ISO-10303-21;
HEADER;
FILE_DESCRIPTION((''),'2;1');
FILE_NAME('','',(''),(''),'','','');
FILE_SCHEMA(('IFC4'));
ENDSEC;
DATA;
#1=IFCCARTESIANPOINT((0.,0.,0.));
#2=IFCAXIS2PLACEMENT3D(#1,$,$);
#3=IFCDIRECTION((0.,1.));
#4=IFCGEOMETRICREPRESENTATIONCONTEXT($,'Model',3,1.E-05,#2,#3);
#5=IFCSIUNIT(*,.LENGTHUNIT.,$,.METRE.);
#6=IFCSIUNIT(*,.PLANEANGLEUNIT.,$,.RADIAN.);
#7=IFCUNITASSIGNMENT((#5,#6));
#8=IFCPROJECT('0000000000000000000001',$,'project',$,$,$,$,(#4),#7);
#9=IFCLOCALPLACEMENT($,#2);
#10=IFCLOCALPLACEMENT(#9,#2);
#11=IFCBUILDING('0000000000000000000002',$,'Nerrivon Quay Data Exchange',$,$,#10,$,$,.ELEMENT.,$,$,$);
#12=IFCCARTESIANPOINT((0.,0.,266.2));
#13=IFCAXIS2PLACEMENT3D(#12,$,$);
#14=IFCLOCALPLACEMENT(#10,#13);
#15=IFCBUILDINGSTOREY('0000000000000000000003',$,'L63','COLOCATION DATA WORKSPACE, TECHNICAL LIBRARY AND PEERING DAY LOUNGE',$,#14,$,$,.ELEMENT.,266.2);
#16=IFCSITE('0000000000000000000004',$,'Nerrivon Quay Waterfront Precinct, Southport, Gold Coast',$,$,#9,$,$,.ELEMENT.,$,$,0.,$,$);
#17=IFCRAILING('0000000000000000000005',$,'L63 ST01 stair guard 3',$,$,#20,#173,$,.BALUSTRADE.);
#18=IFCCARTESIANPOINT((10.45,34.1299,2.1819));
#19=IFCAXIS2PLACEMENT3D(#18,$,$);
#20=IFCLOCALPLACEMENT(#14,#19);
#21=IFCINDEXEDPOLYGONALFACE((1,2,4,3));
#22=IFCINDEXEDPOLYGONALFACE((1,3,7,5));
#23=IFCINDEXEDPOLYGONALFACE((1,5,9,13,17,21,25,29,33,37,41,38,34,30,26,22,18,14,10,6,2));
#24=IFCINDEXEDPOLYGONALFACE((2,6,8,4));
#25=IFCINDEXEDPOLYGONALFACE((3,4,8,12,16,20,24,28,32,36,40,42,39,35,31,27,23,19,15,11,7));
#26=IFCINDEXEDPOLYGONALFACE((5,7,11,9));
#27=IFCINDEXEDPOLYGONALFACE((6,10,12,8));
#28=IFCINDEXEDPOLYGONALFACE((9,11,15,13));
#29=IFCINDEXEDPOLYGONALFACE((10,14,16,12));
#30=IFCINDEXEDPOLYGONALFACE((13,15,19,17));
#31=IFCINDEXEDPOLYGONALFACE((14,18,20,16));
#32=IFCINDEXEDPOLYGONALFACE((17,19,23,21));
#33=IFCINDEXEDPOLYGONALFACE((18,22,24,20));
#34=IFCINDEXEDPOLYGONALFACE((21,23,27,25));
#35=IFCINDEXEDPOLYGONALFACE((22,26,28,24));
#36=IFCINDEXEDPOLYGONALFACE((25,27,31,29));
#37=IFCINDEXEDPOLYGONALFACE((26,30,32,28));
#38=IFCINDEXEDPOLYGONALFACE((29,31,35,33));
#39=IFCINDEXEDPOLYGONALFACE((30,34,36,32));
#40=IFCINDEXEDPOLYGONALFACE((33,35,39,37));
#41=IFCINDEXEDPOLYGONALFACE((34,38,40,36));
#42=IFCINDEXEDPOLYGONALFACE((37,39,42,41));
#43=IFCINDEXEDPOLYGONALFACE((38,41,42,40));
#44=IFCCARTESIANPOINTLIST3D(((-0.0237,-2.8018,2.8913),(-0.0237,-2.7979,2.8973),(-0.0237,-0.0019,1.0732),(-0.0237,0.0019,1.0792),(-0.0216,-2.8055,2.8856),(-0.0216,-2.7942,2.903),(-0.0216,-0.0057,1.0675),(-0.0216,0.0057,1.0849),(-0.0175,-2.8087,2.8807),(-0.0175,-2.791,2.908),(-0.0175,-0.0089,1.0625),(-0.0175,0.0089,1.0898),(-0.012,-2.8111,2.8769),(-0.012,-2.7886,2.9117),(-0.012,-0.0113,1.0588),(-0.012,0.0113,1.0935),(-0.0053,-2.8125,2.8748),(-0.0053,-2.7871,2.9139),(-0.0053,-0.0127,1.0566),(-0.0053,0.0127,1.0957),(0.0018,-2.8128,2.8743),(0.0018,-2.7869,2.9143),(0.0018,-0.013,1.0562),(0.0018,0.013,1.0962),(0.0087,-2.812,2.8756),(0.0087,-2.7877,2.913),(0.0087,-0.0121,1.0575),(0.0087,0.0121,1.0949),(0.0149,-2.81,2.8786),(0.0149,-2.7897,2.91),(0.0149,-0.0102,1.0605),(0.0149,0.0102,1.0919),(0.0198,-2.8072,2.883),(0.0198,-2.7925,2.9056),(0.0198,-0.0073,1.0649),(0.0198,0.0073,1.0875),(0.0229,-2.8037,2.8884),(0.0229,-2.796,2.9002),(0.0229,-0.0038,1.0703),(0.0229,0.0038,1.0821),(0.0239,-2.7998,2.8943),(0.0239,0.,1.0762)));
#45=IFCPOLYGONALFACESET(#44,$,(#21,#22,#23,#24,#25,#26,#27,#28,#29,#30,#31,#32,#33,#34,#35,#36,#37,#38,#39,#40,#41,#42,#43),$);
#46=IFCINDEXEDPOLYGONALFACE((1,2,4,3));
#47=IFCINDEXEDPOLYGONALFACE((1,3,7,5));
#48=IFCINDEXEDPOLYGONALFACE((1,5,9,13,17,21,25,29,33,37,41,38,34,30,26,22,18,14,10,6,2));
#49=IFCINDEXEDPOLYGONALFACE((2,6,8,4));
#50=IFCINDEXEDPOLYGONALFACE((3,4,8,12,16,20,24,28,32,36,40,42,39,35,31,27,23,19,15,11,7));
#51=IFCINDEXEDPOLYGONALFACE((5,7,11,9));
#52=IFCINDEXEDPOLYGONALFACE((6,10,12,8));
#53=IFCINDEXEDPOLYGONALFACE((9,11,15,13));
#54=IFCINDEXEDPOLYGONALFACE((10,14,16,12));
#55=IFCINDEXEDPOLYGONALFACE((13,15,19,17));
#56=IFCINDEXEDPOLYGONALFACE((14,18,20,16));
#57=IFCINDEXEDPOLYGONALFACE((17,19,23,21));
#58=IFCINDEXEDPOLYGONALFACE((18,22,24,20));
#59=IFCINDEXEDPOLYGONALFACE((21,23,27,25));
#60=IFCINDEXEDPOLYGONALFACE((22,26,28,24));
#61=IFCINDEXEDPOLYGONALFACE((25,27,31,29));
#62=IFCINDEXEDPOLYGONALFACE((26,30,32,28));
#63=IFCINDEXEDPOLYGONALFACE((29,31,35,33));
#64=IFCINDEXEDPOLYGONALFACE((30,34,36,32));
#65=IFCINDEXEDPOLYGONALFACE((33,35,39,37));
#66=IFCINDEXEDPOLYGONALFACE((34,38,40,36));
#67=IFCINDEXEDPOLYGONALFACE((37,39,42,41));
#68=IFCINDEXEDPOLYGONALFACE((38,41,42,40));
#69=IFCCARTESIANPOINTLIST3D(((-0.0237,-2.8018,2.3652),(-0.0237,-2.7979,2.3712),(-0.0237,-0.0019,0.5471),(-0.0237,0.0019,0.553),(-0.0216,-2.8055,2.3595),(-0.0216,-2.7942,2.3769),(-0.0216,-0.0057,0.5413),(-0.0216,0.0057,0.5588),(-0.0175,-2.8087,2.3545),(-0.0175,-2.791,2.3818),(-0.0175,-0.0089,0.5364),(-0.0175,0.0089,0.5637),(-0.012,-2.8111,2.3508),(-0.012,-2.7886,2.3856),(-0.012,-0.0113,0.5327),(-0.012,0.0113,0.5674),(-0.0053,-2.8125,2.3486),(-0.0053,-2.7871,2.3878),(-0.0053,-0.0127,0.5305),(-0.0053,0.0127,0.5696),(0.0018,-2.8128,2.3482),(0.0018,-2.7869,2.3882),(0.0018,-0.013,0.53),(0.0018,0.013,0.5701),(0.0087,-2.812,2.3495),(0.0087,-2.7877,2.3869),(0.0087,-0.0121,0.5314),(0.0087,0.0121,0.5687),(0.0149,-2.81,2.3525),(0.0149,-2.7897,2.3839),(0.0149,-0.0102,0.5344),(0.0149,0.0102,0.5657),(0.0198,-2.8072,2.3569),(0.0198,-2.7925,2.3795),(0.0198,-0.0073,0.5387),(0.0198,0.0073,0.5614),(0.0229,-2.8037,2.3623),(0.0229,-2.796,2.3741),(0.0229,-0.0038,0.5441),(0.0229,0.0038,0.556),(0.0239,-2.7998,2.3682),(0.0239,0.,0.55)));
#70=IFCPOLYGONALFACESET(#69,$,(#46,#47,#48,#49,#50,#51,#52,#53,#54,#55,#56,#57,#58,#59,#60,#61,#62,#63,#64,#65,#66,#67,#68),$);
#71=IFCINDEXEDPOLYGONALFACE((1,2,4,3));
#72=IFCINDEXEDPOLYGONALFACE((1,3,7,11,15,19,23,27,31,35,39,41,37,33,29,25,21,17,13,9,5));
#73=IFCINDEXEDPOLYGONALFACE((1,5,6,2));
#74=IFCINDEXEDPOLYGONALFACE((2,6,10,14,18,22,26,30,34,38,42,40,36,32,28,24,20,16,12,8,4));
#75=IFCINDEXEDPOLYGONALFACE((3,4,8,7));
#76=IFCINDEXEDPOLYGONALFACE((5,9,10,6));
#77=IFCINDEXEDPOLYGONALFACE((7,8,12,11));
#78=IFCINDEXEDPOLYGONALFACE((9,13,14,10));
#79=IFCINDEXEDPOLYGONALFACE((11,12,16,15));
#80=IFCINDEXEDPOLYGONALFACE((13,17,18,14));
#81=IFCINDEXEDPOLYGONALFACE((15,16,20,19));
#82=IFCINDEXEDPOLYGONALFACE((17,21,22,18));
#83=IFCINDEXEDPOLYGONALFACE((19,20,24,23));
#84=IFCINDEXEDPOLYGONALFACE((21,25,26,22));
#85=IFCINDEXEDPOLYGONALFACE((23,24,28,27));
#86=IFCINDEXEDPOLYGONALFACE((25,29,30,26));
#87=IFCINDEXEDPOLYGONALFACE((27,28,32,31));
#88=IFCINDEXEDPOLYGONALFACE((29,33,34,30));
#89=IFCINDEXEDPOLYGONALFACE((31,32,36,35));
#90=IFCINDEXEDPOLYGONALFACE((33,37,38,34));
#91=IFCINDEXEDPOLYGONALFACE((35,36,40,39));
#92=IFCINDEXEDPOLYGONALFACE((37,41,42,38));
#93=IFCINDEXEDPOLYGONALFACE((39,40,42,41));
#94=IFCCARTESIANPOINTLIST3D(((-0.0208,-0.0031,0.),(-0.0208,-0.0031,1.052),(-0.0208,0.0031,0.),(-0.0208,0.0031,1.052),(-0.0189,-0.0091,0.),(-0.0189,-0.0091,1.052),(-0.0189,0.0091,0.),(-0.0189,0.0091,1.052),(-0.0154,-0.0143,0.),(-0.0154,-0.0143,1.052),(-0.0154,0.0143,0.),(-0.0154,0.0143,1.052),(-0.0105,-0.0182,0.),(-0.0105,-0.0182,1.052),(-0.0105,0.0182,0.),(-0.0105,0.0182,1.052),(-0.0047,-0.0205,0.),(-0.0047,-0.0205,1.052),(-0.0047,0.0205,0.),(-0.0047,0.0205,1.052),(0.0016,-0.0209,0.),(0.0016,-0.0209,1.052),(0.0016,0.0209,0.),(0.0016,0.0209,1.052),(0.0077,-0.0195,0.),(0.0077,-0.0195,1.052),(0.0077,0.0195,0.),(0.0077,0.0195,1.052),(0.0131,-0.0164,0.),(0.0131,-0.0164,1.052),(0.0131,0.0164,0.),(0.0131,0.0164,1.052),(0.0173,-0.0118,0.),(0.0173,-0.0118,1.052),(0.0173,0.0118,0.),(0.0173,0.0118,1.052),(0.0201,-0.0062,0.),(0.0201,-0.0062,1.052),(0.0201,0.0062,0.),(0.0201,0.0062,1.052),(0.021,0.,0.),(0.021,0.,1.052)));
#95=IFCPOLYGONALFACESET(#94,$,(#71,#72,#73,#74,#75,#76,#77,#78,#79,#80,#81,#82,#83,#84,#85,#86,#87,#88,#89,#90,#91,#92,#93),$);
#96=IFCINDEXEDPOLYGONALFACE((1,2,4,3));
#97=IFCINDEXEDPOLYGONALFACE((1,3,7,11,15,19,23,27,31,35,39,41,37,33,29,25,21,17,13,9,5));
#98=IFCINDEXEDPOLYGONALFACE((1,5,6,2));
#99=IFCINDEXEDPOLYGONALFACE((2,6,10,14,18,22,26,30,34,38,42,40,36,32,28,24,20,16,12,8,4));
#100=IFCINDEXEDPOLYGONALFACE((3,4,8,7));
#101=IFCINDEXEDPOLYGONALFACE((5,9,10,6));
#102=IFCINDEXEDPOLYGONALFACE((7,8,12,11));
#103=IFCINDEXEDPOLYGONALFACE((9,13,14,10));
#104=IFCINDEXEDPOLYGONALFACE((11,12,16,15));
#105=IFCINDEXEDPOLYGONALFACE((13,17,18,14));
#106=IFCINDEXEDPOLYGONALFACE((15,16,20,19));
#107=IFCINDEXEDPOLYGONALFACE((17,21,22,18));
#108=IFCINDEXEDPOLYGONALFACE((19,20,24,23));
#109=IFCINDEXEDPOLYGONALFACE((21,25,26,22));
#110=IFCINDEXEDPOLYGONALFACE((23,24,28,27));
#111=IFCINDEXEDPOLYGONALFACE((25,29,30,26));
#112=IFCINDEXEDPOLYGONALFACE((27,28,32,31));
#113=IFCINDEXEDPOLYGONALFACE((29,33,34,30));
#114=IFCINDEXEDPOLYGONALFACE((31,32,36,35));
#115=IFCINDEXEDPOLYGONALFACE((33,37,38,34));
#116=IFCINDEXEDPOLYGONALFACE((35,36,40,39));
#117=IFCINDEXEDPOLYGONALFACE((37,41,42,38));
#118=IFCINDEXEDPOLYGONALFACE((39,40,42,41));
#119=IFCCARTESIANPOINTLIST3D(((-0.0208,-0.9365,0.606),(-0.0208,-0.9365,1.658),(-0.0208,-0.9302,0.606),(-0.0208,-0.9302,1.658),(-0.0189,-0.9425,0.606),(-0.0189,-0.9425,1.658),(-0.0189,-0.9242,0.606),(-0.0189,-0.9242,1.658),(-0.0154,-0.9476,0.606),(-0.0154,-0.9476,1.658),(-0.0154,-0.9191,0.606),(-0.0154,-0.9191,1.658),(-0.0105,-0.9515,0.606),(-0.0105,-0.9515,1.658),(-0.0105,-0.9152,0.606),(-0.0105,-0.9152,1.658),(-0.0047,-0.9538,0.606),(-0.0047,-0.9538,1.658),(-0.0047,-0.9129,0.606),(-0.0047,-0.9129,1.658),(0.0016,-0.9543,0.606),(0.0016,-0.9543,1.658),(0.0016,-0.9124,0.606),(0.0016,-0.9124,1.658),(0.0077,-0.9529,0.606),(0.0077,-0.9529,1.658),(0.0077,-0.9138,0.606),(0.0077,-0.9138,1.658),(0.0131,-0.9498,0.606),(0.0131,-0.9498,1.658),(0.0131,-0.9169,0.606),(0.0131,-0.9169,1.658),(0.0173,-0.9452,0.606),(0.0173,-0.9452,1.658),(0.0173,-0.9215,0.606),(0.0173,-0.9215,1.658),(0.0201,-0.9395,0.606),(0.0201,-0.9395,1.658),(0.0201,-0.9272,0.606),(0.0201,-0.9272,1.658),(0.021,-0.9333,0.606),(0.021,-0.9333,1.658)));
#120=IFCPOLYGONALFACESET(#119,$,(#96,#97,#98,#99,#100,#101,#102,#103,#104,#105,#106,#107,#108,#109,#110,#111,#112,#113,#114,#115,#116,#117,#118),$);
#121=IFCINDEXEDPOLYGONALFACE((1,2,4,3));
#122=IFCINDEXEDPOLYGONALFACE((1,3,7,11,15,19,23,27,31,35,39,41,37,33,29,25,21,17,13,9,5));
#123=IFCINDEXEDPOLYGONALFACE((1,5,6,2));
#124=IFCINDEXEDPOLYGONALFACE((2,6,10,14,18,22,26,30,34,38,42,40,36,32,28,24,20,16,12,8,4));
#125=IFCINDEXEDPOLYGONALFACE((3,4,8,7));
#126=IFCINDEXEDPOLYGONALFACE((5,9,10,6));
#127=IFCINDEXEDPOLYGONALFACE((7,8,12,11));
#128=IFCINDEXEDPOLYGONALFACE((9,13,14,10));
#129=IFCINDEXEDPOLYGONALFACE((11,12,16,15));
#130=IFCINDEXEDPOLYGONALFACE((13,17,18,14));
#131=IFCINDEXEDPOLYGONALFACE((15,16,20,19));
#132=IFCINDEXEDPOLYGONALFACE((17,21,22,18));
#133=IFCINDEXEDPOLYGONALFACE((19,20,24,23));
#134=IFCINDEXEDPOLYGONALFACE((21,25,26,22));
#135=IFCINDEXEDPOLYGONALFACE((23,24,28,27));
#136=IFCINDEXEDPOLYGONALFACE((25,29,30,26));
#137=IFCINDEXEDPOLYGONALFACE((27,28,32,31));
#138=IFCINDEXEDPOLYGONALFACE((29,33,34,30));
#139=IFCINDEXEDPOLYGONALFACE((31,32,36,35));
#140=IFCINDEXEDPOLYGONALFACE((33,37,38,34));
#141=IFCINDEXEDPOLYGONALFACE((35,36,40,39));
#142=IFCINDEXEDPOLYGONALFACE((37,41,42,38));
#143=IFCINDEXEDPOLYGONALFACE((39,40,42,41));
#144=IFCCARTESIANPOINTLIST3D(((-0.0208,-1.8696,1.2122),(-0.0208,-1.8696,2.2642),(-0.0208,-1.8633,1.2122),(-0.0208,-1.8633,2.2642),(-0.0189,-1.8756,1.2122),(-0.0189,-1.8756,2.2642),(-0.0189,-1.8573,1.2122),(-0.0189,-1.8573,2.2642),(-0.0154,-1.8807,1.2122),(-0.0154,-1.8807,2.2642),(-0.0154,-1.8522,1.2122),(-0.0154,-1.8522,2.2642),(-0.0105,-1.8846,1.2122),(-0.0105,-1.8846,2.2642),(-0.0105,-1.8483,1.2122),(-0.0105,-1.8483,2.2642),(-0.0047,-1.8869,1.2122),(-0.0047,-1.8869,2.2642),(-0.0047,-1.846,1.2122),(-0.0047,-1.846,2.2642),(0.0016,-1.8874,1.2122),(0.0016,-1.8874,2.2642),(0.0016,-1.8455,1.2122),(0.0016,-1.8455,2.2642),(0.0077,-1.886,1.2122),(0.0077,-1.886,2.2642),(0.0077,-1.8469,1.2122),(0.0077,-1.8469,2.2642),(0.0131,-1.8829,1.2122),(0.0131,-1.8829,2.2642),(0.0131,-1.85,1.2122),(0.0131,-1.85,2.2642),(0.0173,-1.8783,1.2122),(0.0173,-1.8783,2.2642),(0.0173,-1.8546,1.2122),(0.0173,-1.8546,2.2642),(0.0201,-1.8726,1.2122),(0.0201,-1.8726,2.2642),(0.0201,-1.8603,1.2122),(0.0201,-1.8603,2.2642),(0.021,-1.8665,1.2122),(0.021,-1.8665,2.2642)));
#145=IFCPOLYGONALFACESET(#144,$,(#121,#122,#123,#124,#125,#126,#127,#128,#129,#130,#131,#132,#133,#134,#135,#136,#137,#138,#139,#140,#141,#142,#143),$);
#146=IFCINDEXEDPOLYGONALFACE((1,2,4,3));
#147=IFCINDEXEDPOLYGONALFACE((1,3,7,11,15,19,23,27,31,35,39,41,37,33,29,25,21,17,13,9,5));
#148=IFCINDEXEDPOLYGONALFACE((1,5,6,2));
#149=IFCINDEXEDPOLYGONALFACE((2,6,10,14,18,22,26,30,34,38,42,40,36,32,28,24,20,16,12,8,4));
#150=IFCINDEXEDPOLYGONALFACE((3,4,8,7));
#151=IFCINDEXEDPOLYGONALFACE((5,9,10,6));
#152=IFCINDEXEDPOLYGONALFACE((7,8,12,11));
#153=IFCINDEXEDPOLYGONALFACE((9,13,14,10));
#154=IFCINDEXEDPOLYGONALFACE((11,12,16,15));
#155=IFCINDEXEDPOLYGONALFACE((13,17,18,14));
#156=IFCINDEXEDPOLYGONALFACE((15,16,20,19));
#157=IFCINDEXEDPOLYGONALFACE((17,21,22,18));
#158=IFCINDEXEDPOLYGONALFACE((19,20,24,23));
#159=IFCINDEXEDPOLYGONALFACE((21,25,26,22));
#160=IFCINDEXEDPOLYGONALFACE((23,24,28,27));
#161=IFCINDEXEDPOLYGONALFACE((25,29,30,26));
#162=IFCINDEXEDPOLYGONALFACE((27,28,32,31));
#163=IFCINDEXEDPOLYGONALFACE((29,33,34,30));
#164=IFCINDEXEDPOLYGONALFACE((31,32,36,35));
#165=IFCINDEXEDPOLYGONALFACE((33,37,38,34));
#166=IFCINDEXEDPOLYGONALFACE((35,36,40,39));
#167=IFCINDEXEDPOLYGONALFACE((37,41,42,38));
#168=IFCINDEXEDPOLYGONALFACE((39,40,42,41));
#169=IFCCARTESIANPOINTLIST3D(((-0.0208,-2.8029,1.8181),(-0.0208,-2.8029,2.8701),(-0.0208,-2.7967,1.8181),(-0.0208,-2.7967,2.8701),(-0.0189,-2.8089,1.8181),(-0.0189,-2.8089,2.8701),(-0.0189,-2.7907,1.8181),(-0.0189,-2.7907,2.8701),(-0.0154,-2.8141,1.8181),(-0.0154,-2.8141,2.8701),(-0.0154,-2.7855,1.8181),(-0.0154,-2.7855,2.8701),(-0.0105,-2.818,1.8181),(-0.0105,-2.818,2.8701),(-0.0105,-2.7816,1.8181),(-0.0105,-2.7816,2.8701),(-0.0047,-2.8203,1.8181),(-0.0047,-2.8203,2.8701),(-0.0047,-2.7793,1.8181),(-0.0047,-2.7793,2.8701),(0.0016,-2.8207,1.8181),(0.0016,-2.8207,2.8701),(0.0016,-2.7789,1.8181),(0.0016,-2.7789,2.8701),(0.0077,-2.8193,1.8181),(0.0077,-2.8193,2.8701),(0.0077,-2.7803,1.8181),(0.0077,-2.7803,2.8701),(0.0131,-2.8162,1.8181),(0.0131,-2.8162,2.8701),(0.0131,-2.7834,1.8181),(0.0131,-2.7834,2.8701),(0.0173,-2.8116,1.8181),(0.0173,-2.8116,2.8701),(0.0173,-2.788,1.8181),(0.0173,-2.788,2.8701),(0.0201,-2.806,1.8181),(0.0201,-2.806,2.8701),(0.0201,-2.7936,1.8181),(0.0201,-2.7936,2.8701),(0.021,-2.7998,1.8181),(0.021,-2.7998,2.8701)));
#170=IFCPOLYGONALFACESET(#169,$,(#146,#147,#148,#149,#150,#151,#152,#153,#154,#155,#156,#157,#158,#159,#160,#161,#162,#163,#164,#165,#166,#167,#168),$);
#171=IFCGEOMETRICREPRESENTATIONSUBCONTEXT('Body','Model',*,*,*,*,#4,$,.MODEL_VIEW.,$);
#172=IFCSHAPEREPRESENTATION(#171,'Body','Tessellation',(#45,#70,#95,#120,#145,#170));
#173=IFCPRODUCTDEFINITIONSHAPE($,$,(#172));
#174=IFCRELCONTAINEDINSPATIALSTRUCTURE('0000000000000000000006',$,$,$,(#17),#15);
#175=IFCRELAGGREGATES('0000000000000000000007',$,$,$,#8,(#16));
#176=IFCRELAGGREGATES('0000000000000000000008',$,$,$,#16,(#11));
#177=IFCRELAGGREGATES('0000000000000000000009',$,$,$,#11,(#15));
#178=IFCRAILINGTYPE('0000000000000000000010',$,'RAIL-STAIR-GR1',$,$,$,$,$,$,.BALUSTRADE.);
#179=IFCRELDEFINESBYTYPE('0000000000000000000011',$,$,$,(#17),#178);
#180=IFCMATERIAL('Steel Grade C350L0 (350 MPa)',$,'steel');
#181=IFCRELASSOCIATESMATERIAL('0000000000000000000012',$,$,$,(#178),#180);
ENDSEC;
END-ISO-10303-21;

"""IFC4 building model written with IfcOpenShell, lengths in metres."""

from ifc_helpers import new_model, si_unit, direction, frame, origin, origin_2d, place, context, subcontext, project, spatial, circle, extrude, material, type_object, element, save


model = new_model("IFC4")

# Units and contexts
model_context = context("Model", 3, precision=1e-05, world=origin(), true_north=direction((0.0, 1.0)))
body_context = subcontext(model_context, "Body", "Model", "MODEL_VIEW")
ifc_project = project(units=[si_unit("LENGTHUNIT", "METRE"), si_unit("PLANEANGLEUNIT", "RADIAN")], contexts=[model_context])

# Site, building, storey
site_placement = place(None, origin())
site = spatial("IfcSite", under=ifc_project, at=site_placement, Name="Nerrivon Quay Waterfront Precinct, Southport, Gold Coast", CompositionType="ELEMENT", RefElevation=0.0)
building_placement = place(site_placement, origin())
building = spatial("IfcBuilding", under=site, at=building_placement, Name="Nerrivon Quay Data Exchange", CompositionType="ELEMENT")
storey_placement = place(building_placement, frame((0.0, 0.0, 266.2)))
storey = spatial("IfcBuildingStorey", under=building, at=storey_placement, Name="L63", Description="COLOCATION DATA WORKSPACE, TECHNICAL LIBRARY AND PEERING DAY LOUNGE", CompositionType="ELEMENT", Elevation=266.2)

# Shared definitions
ifc_material_1 = material(Name="Steel Grade C350L0 (350 MPa)", Category="steel")

# Railing
railing_type_1 = type_object("IfcRailingType", Name="RAIL-STAIR-GR1", PredefinedType="BALUSTRADE", material=ifc_material_1)
railing_1_placement = place(storey_placement, frame((10.45, 34.1299, 2.1819)))
element("IfcRailing", 1, at=railing_1_placement, inside=storey, type_object=railing_type_1, Name="L63 ST01 stair guard 3", PredefinedType="BALUSTRADE", context=body_context, shape_type="SweptSolid", body=[
    extrude(circle(Radius=0.0239, at=origin_2d()), frame((0.0, 0.0, 1.0762), z_axis=(0.0, -0.838684, 0.544618), x_axis=(1.0, 0.0, 0.0)), (0.0, 0.0, 1.0), 3.3384),
    extrude(circle(Radius=0.0239, at=origin_2d()), frame((0.0, 0.0, 0.55), z_axis=(0.0, -0.838684, 0.544618), x_axis=(1.0, 0.0, 0.0)), (0.0, 0.0, 1.0), 3.3384),
    extrude(circle(Radius=0.021, at=origin_2d()), origin(), (0.0, 0.0, 1.0), 1.052),
    extrude(circle(Radius=0.021, at=origin_2d()), frame((0.0, -0.9333, 0.606)), (0.0, 0.0, 1.0), 1.052),
    extrude(circle(Radius=0.021, at=origin_2d()), frame((0.0, -1.8665, 1.2122)), (0.0, 0.0, 1.0), 1.052),
    extrude(circle(Radius=0.021, at=origin_2d()), frame((0.0, -2.7998, 1.8181)), (0.0, 0.0, 1.0), 1.052),
])

save(model, "model.ifc")
